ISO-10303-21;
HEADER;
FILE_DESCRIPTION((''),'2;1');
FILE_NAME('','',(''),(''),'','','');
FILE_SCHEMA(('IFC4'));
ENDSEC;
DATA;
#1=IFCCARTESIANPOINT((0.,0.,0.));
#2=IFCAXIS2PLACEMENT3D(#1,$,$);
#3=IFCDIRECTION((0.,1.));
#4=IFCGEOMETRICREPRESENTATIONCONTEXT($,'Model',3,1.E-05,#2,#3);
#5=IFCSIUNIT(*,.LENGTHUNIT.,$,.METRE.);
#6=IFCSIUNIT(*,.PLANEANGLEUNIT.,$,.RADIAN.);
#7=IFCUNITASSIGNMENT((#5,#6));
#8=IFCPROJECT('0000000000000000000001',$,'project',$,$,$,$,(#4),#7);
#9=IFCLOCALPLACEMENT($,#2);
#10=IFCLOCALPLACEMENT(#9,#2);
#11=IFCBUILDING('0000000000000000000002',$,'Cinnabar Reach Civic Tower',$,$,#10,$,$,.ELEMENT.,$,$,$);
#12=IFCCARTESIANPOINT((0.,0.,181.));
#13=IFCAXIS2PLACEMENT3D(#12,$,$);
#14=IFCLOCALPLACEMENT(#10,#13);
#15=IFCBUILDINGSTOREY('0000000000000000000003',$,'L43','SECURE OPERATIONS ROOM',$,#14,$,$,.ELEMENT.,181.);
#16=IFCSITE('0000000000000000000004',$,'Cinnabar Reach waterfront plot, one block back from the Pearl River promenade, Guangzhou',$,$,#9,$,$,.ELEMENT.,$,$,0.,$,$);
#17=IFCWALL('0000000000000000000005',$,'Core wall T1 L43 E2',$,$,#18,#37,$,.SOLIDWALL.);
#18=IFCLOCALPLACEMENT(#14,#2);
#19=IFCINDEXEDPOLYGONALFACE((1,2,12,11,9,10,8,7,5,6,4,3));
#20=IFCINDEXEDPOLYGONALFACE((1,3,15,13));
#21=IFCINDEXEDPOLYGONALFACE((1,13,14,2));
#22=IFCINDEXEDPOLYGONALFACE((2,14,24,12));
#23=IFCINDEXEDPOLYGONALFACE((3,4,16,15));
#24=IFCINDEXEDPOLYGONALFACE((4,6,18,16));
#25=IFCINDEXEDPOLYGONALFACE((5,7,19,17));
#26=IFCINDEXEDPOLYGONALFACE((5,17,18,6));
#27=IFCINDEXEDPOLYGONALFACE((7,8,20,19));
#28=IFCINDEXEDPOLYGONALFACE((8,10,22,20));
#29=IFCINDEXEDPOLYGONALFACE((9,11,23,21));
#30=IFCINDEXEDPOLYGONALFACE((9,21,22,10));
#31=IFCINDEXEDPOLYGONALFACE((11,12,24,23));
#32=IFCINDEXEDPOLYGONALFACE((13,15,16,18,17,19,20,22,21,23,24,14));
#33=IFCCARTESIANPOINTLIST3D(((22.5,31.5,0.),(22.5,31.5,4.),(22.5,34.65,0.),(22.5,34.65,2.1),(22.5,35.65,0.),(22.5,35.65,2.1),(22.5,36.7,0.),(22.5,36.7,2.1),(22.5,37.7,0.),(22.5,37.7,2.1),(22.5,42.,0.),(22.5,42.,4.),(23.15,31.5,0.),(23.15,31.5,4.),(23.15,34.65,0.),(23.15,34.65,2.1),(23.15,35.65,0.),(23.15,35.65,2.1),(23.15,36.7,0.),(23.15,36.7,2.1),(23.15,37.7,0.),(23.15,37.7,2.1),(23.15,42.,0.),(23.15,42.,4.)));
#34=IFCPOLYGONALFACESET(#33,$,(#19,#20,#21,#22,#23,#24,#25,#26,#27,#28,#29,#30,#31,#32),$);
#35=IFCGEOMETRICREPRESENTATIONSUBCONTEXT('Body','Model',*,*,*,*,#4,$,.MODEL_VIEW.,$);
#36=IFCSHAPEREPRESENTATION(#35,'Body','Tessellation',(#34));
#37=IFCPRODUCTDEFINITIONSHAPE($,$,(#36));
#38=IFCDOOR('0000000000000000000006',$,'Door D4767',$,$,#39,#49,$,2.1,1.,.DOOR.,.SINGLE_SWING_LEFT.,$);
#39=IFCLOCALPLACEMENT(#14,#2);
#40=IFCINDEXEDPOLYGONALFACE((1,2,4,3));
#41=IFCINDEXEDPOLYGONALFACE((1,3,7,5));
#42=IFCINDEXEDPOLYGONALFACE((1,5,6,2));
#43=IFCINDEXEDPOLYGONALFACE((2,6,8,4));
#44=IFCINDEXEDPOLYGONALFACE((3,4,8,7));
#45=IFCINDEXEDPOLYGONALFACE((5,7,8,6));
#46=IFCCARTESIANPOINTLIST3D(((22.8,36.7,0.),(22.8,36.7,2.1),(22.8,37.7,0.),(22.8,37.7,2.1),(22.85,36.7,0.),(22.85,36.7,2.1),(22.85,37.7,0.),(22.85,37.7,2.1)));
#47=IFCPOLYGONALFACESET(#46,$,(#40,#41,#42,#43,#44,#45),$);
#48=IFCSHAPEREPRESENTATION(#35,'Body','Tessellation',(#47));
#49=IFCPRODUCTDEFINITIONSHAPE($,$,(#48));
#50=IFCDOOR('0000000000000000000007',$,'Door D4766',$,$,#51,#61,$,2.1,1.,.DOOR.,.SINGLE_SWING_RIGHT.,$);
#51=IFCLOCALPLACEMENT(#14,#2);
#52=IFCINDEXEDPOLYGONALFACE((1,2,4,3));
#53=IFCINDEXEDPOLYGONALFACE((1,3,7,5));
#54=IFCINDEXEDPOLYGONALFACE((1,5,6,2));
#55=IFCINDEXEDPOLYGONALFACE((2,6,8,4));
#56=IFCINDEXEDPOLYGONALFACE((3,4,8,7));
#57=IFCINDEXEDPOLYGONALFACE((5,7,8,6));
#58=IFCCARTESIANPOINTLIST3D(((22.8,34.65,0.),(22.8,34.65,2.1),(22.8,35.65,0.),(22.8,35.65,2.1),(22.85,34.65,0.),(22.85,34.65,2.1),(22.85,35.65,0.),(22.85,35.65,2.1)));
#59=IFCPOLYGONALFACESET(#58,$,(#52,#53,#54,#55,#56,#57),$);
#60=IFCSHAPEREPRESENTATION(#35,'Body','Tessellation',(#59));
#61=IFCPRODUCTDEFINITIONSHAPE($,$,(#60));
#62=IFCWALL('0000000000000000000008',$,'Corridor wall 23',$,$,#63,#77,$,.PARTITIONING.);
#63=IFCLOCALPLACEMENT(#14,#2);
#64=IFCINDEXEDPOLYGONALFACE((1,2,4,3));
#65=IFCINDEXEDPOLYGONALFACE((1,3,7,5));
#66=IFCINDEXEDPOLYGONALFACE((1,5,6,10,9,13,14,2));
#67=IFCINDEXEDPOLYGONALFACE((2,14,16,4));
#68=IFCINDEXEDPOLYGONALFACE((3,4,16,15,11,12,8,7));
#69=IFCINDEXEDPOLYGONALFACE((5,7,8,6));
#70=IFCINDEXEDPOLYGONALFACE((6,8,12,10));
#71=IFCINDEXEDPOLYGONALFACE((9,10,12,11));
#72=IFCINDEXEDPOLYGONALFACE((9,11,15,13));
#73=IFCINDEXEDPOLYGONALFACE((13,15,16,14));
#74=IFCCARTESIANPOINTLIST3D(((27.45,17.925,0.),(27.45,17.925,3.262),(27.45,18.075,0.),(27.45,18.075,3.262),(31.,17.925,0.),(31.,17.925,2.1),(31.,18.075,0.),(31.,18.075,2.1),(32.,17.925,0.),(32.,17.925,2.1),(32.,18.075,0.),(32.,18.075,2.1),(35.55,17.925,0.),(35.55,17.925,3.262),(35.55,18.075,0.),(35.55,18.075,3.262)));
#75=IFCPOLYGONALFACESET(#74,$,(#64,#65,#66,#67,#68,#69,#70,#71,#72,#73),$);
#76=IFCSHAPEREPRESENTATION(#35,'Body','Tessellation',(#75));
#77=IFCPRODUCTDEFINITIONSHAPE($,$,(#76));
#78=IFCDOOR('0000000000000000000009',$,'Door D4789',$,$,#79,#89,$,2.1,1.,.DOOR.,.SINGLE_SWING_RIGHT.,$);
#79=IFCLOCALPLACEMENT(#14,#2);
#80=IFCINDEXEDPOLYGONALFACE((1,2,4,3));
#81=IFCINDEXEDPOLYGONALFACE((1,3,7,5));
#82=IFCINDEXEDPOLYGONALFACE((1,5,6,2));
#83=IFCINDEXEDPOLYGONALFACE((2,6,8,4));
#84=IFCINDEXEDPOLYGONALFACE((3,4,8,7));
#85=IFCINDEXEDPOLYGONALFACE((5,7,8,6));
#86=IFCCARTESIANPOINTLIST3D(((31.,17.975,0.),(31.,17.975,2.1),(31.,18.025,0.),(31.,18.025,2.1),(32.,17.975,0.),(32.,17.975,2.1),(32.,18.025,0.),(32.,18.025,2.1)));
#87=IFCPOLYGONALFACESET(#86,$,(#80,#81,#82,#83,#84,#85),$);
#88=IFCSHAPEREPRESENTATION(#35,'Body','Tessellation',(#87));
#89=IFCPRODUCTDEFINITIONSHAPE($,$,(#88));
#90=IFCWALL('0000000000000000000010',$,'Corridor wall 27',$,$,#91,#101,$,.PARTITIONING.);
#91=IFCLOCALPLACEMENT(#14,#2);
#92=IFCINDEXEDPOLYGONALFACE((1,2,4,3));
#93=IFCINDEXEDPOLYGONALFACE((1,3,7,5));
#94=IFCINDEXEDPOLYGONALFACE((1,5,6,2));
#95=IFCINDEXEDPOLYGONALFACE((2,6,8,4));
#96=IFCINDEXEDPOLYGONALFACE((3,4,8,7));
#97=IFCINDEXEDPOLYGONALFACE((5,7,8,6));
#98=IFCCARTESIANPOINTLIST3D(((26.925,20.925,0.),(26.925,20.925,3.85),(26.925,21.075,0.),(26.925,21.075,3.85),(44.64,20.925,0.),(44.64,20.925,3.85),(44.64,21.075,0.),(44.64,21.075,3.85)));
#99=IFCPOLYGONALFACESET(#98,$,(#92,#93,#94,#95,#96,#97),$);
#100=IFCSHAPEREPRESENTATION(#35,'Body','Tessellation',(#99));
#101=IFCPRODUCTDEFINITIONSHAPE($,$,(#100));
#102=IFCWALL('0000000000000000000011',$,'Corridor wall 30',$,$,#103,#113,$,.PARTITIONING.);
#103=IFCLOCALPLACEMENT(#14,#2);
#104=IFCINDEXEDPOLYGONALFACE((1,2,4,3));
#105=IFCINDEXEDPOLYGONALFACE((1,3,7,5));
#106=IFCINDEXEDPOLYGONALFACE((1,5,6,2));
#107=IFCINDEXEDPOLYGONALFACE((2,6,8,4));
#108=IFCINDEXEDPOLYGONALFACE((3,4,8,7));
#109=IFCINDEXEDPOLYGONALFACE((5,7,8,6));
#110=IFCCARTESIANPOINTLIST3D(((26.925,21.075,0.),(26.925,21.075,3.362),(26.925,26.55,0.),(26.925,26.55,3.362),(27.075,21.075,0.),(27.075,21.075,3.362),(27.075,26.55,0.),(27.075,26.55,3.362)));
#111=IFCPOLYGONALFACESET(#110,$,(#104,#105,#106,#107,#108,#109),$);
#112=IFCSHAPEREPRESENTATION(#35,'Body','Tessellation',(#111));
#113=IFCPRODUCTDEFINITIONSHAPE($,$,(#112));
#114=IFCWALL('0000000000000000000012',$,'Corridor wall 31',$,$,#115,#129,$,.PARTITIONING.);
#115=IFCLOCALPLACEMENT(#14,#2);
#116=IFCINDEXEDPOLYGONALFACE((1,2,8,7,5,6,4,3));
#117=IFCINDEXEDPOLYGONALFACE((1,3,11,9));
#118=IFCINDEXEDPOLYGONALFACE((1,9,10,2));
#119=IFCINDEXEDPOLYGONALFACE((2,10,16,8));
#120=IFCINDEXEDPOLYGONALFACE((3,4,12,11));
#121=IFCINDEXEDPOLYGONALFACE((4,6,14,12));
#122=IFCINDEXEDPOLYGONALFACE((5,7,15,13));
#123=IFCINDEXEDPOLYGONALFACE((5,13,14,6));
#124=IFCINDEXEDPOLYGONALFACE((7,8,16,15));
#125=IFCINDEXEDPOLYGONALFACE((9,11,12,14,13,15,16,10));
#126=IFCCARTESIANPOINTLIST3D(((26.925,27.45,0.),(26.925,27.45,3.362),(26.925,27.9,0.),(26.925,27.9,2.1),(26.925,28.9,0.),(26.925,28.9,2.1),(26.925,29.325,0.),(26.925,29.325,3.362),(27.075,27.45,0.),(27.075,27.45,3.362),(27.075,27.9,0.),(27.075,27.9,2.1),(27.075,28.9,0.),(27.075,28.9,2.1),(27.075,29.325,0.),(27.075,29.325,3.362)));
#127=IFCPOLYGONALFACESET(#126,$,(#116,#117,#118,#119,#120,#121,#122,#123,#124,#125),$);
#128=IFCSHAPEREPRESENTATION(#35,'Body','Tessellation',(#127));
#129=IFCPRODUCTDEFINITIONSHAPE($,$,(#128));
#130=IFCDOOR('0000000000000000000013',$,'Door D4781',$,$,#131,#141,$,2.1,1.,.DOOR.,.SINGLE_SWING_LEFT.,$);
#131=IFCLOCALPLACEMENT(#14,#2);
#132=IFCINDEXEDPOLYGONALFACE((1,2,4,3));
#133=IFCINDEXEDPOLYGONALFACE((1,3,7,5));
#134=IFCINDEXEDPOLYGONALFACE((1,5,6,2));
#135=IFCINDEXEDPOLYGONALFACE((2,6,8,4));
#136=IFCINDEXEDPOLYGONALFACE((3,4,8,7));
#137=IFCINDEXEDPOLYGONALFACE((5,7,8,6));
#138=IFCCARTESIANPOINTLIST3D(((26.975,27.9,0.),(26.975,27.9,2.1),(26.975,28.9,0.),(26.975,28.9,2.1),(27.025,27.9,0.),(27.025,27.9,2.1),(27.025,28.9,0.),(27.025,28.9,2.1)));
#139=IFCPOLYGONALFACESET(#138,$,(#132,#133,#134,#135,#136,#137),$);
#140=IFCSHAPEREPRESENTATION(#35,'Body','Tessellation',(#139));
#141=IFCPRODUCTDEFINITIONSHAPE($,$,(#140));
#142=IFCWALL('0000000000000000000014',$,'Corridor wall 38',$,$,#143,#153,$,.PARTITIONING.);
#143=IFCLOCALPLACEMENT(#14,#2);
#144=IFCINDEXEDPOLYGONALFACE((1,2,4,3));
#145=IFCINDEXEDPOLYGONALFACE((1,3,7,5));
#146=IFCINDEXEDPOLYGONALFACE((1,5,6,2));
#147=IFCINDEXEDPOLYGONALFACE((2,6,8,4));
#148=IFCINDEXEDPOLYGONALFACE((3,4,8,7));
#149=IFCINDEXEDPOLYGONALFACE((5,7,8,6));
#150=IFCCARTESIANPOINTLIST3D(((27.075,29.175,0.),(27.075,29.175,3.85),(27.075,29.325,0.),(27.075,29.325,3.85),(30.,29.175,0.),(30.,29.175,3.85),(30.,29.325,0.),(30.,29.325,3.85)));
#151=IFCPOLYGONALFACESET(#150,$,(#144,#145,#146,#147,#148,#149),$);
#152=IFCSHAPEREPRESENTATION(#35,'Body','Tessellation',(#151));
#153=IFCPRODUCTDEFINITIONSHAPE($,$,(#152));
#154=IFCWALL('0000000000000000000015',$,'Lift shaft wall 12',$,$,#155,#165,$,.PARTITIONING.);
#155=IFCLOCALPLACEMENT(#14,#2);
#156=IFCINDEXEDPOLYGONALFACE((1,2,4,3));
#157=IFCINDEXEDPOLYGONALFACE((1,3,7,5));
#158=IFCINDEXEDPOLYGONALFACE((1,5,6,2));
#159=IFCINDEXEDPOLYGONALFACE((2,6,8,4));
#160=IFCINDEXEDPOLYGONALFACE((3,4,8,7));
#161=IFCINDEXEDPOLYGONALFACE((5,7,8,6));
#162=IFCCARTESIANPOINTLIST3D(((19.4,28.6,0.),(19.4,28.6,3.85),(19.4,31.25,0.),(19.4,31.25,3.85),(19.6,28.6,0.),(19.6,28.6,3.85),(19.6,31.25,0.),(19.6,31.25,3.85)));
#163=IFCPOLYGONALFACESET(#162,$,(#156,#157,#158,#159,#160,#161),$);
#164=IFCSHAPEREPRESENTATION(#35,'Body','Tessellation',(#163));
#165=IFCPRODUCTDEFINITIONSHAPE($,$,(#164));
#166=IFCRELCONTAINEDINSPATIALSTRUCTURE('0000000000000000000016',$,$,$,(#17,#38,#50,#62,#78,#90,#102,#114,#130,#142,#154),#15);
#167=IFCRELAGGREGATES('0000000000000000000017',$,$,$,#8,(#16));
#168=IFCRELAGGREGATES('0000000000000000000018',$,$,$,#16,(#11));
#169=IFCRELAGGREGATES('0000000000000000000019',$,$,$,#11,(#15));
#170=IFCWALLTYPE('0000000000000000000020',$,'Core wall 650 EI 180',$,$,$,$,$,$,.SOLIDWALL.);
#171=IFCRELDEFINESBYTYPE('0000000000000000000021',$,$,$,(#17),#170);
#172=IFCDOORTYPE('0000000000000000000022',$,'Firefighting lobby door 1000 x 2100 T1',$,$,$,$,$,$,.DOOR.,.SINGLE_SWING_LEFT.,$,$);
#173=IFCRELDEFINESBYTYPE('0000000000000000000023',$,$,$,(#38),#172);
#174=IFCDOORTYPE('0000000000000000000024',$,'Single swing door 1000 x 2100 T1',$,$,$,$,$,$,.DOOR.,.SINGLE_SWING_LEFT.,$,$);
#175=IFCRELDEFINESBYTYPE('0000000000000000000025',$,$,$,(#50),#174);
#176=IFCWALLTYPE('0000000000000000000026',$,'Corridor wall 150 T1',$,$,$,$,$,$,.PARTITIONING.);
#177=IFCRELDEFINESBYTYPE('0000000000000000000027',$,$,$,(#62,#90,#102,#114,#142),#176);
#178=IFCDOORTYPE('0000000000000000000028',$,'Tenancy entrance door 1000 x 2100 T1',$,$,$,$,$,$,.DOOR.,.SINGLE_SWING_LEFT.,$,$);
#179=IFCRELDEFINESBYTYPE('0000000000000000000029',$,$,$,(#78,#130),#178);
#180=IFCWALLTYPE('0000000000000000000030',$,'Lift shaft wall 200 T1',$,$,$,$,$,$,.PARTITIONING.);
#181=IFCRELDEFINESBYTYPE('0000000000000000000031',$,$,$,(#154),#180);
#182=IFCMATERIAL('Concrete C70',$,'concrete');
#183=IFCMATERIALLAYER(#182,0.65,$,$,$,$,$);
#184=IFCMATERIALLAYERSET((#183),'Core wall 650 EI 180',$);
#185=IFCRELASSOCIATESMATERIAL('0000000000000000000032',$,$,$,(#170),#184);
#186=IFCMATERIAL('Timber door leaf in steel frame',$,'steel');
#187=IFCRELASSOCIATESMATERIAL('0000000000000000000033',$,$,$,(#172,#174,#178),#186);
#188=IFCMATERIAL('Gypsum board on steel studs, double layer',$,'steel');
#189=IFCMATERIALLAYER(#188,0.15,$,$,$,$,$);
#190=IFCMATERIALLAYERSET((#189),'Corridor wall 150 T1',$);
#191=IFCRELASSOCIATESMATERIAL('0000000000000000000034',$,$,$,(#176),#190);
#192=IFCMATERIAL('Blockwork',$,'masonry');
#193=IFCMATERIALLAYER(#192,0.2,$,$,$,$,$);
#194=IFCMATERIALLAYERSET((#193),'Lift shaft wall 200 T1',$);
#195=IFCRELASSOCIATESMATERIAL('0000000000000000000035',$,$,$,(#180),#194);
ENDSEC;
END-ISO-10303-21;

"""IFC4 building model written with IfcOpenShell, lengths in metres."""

from ifc_helpers import new_model, si_unit, direction, frame, frame_2d, origin, place, context, subcontext, project, spatial, rectangle, extrude, material, layer, layer_set, type_object, element, fill, save


model = new_model("IFC4")

# Units and contexts
model_context = context("Model", 3, precision=1e-05, world=origin(), true_north=direction((0.0, 1.0)))
body_context = subcontext(model_context, "Body", "Model", "MODEL_VIEW")
ifc_project = project(units=[si_unit("LENGTHUNIT", "METRE"), si_unit("PLANEANGLEUNIT", "RADIAN")], contexts=[model_context])

# Site, building, storey
site_placement = place(None, origin())
site = spatial("IfcSite", under=ifc_project, at=site_placement, Name="Cinnabar Reach waterfront plot, one block back from the Pearl River promenade, Guangzhou", CompositionType="ELEMENT", RefElevation=0.0)
building_placement = place(site_placement, origin())
building = spatial("IfcBuilding", under=site, at=building_placement, Name="Cinnabar Reach Civic Tower", CompositionType="ELEMENT")
storey_placement = place(building_placement, frame((0.0, 0.0, 181.0)))
storey = spatial("IfcBuildingStorey", under=building, at=storey_placement, Name="L43", Description="SECURE OPERATIONS ROOM", CompositionType="ELEMENT", Elevation=181.0)

# Shared definitions
ifc_material_1 = material(Name="Concrete C70", Category="concrete")

# Shared definitions
ifc_layer_1 = layer(ifc_material_1, 0.65)
ifc_layer_set_1 = layer_set([ifc_layer_1], Name="Core wall 650 EI 180")
wall_type_1 = type_object("IfcWallType", Name="Core wall 650 EI 180", PredefinedType="SOLIDWALL", material=ifc_layer_set_1)
ifc_material_2 = material(Name="Timber door leaf in steel frame", Category="steel")

# Wall, openings, doors
wall_1_placement = place(storey_placement, frame((22.825, 31.5, 0.0), z_axis=(0.0, 0.0, 1.0), x_axis=(0.0, 1.0, 0.0)))
wall_1 = element("IfcWall", 1, at=wall_1_placement, inside=storey, type_object=wall_type_1, Name="Core wall T1 L43 E2", PredefinedType="SOLIDWALL", context=body_context, shape_type="SweptSolid", body=[
    extrude(rectangle(XDim=10.5, YDim=0.65, at=frame_2d((5.25, 0.0))), origin(), (0.0, 0.0, 1.0), 4.0),
])
opening_1_placement = place(wall_1_placement, frame((3.15, 0.0, 0.0)))
opening_1 = element("IfcOpeningElement", 2, at=opening_1_placement, cuts=wall_1, PredefinedType="OPENING", context=body_context, shape_type="SweptSolid", body=[
    extrude(rectangle(XDim=1.0, YDim=2.1, at=frame_2d((0.5, 1.05))), frame((0.0, 0.335, 0.0), z_axis=(0.0, -1.0, 0.0), x_axis=(1.0, 0.0, 0.0)), (0.0, 0.0, 1.0), 0.67),
])
opening_2_placement = place(wall_1_placement, frame((5.2, 0.0, 0.0)))
opening_2 = element("IfcOpeningElement", 3, at=opening_2_placement, cuts=wall_1, PredefinedType="OPENING", context=body_context, shape_type="SweptSolid", body=[
    extrude(rectangle(XDim=1.0, YDim=2.1, at=frame_2d((0.5, 1.05))), frame((0.0, 0.335, 0.0), z_axis=(0.0, -1.0, 0.0), x_axis=(1.0, 0.0, 0.0)), (0.0, 0.0, 1.0), 0.67),
])
door_type_1 = type_object("IfcDoorType", Name="Firefighting lobby door 1000 x 2100 T1", OperationType="SINGLE_SWING_LEFT", PredefinedType="DOOR", material=ifc_material_2)
door_1_placement = place(opening_2_placement, origin())
door_1 = element("IfcDoor", 4, at=door_1_placement, inside=storey, type_object=door_type_1, Name="Door D4767", OperationType="SINGLE_SWING_LEFT", OverallHeight=2.1, OverallWidth=1.0, PredefinedType="DOOR", context=body_context, shape_type="SweptSolid", body=[
    extrude(rectangle(XDim=1.0, YDim=2.1, at=frame_2d((0.5, 1.05))), frame((0.0, 0.025, 0.0), z_axis=(0.0, -1.0, 0.0), x_axis=(1.0, 0.0, 0.0)), (0.0, 0.0, 1.0), 0.05),
])
fill(opening_2, door_1)
door_type_2 = type_object("IfcDoorType", Name="Single swing door 1000 x 2100 T1", OperationType="SINGLE_SWING_LEFT", PredefinedType="DOOR", material=ifc_material_2)
door_2_placement = place(opening_1_placement, origin())
door_2 = element("IfcDoor", 5, at=door_2_placement, inside=storey, type_object=door_type_2, Name="Door D4766", OperationType="SINGLE_SWING_RIGHT", OverallHeight=2.1, OverallWidth=1.0, PredefinedType="DOOR", context=body_context, shape_type="SweptSolid", body=[
    extrude(rectangle(XDim=1.0, YDim=2.1, at=frame_2d((0.5, 1.05))), frame((0.0, 0.025, 0.0), z_axis=(0.0, -1.0, 0.0), x_axis=(1.0, 0.0, 0.0)), (0.0, 0.0, 1.0), 0.05),
])
fill(opening_1, door_2)

# Wall, opening, door
ifc_material_3 = material(Name="Gypsum board on steel studs, double layer", Category="steel")
ifc_layer_2 = layer(ifc_material_3, 0.15)
ifc_layer_set_2 = layer_set([ifc_layer_2], Name="Corridor wall 150 T1")
wall_type_2 = type_object("IfcWallType", Name="Corridor wall 150 T1", PredefinedType="PARTITIONING", material=ifc_layer_set_2)
wall_2_placement = place(storey_placement, frame((27.45, 18.0, 0.0), z_axis=(0.0, 0.0, 1.0), x_axis=(1.0, 0.0, 0.0)))
wall_2 = element("IfcWall", 6, at=wall_2_placement, inside=storey, type_object=wall_type_2, Name="Corridor wall 23", PredefinedType="PARTITIONING", context=body_context, shape_type="SweptSolid", body=[
    extrude(rectangle(XDim=8.1, YDim=0.15, at=frame_2d((4.05, 0.0))), origin(), (0.0, 0.0, 1.0), 3.262),
])
opening_3_placement = place(wall_2_placement, frame((3.55, 0.0, 0.0)))
opening_3 = element("IfcOpeningElement", 7, at=opening_3_placement, cuts=wall_2, PredefinedType="OPENING", context=body_context, shape_type="SweptSolid", body=[
    extrude(rectangle(XDim=1.0, YDim=2.1, at=frame_2d((0.5, 1.05))), frame((0.0, 0.085, 0.0), z_axis=(0.0, -1.0, 0.0), x_axis=(1.0, 0.0, 0.0)), (0.0, 0.0, 1.0), 0.17),
])
door_type_3 = type_object("IfcDoorType", Name="Tenancy entrance door 1000 x 2100 T1", OperationType="SINGLE_SWING_LEFT", PredefinedType="DOOR", material=ifc_material_2)
door_3_placement = place(opening_3_placement, frame((1.0, 0.0, 0.0), z_axis=(0.0, 0.0, 1.0), x_axis=(-1.0, 0.0, 0.0)))
door_3 = element("IfcDoor", 8, at=door_3_placement, inside=storey, type_object=door_type_3, Name="Door D4789", OperationType="SINGLE_SWING_RIGHT", OverallHeight=2.1, OverallWidth=1.0, PredefinedType="DOOR", context=body_context, shape_type="SweptSolid", body=[
    extrude(rectangle(XDim=1.0, YDim=2.1, at=frame_2d((0.5, 1.05))), frame((0.0, 0.025, 0.0), z_axis=(0.0, -1.0, 0.0), x_axis=(1.0, 0.0, 0.0)), (0.0, 0.0, 1.0), 0.05),
])
fill(opening_3, door_3)

# Walls
wall_3_placement = place(storey_placement, frame((26.925, 21.0, 0.0), z_axis=(0.0, 0.0, 1.0), x_axis=(1.0, 0.0, 0.0)))
element("IfcWall", 9, at=wall_3_placement, inside=storey, type_object=wall_type_2, Name="Corridor wall 27", PredefinedType="PARTITIONING", context=body_context, shape_type="SweptSolid", body=[
    extrude(rectangle(XDim=17.715, YDim=0.15, at=frame_2d((8.8575, 0.0))), origin(), (0.0, 0.0, 1.0), 3.85),
])
wall_4_placement = place(storey_placement, frame((27.0, 21.075, 0.0), z_axis=(0.0, 0.0, 1.0), x_axis=(0.0, 1.0, 0.0)))
element("IfcWall", 10, at=wall_4_placement, inside=storey, type_object=wall_type_2, Name="Corridor wall 30", PredefinedType="PARTITIONING", context=body_context, shape_type="SweptSolid", body=[
    extrude(rectangle(XDim=5.475, YDim=0.15, at=frame_2d((2.7375, 0.0))), origin(), (0.0, 0.0, 1.0), 3.362),
])

# Wall, opening, door
wall_5_placement = place(storey_placement, frame((27.0, 27.45, 0.0), z_axis=(0.0, 0.0, 1.0), x_axis=(0.0, 1.0, 0.0)))
wall_5 = element("IfcWall", 11, at=wall_5_placement, inside=storey, type_object=wall_type_2, Name="Corridor wall 31", PredefinedType="PARTITIONING", context=body_context, shape_type="SweptSolid", body=[
    extrude(rectangle(XDim=1.875, YDim=0.15, at=frame_2d((0.9375, 0.0))), origin(), (0.0, 0.0, 1.0), 3.362),
])
opening_4_placement = place(wall_5_placement, frame((0.45, 0.0, 0.0)))
opening_4 = element("IfcOpeningElement", 12, at=opening_4_placement, cuts=wall_5, PredefinedType="OPENING", context=body_context, shape_type="SweptSolid", body=[
    extrude(rectangle(XDim=1.0, YDim=2.1, at=frame_2d((0.5, 1.05))), frame((0.0, 0.085, 0.0), z_axis=(0.0, -1.0, 0.0), x_axis=(1.0, 0.0, 0.0)), (0.0, 0.0, 1.0), 0.17),
])
door_4_placement = place(opening_4_placement, frame((1.0, 0.0, 0.0), z_axis=(0.0, 0.0, 1.0), x_axis=(-1.0, 0.0, 0.0)))
door_4 = element("IfcDoor", 13, at=door_4_placement, inside=storey, type_object=door_type_3, Name="Door D4781", OperationType="SINGLE_SWING_LEFT", OverallHeight=2.1, OverallWidth=1.0, PredefinedType="DOOR", context=body_context, shape_type="SweptSolid", body=[
    extrude(rectangle(XDim=1.0, YDim=2.1, at=frame_2d((0.5, 1.05))), frame((0.0, 0.025, 0.0), z_axis=(0.0, -1.0, 0.0), x_axis=(1.0, 0.0, 0.0)), (0.0, 0.0, 1.0), 0.05),
])
fill(opening_4, door_4)

# Walls
wall_6_placement = place(storey_placement, frame((27.075, 29.25, 0.0), z_axis=(0.0, 0.0, 1.0), x_axis=(1.0, 0.0, 0.0)))
element("IfcWall", 14, at=wall_6_placement, inside=storey, type_object=wall_type_2, Name="Corridor wall 38", PredefinedType="PARTITIONING", context=body_context, shape_type="SweptSolid", body=[
    extrude(rectangle(XDim=2.925, YDim=0.15, at=frame_2d((1.4625, 0.0))), origin(), (0.0, 0.0, 1.0), 3.85),
])
ifc_material_4 = material(Name="Blockwork", Category="masonry")
ifc_layer_3 = layer(ifc_material_4, 0.2)
ifc_layer_set_3 = layer_set([ifc_layer_3], Name="Lift shaft wall 200 T1")
wall_type_3 = type_object("IfcWallType", Name="Lift shaft wall 200 T1", PredefinedType="PARTITIONING", material=ifc_layer_set_3)
wall_7_placement = place(storey_placement, frame((19.5, 28.6, 0.0), z_axis=(0.0, 0.0, 1.0), x_axis=(0.0, 1.0, 0.0)))
element("IfcWall", 15, at=wall_7_placement, inside=storey, type_object=wall_type_3, Name="Lift shaft wall 12", PredefinedType="PARTITIONING", context=body_context, shape_type="SweptSolid", body=[
    extrude(rectangle(XDim=2.65, YDim=0.2, at=frame_2d((1.325, 0.0))), origin(), (0.0, 0.0, 1.0), 3.85),
])

save(model, "model.ifc")
